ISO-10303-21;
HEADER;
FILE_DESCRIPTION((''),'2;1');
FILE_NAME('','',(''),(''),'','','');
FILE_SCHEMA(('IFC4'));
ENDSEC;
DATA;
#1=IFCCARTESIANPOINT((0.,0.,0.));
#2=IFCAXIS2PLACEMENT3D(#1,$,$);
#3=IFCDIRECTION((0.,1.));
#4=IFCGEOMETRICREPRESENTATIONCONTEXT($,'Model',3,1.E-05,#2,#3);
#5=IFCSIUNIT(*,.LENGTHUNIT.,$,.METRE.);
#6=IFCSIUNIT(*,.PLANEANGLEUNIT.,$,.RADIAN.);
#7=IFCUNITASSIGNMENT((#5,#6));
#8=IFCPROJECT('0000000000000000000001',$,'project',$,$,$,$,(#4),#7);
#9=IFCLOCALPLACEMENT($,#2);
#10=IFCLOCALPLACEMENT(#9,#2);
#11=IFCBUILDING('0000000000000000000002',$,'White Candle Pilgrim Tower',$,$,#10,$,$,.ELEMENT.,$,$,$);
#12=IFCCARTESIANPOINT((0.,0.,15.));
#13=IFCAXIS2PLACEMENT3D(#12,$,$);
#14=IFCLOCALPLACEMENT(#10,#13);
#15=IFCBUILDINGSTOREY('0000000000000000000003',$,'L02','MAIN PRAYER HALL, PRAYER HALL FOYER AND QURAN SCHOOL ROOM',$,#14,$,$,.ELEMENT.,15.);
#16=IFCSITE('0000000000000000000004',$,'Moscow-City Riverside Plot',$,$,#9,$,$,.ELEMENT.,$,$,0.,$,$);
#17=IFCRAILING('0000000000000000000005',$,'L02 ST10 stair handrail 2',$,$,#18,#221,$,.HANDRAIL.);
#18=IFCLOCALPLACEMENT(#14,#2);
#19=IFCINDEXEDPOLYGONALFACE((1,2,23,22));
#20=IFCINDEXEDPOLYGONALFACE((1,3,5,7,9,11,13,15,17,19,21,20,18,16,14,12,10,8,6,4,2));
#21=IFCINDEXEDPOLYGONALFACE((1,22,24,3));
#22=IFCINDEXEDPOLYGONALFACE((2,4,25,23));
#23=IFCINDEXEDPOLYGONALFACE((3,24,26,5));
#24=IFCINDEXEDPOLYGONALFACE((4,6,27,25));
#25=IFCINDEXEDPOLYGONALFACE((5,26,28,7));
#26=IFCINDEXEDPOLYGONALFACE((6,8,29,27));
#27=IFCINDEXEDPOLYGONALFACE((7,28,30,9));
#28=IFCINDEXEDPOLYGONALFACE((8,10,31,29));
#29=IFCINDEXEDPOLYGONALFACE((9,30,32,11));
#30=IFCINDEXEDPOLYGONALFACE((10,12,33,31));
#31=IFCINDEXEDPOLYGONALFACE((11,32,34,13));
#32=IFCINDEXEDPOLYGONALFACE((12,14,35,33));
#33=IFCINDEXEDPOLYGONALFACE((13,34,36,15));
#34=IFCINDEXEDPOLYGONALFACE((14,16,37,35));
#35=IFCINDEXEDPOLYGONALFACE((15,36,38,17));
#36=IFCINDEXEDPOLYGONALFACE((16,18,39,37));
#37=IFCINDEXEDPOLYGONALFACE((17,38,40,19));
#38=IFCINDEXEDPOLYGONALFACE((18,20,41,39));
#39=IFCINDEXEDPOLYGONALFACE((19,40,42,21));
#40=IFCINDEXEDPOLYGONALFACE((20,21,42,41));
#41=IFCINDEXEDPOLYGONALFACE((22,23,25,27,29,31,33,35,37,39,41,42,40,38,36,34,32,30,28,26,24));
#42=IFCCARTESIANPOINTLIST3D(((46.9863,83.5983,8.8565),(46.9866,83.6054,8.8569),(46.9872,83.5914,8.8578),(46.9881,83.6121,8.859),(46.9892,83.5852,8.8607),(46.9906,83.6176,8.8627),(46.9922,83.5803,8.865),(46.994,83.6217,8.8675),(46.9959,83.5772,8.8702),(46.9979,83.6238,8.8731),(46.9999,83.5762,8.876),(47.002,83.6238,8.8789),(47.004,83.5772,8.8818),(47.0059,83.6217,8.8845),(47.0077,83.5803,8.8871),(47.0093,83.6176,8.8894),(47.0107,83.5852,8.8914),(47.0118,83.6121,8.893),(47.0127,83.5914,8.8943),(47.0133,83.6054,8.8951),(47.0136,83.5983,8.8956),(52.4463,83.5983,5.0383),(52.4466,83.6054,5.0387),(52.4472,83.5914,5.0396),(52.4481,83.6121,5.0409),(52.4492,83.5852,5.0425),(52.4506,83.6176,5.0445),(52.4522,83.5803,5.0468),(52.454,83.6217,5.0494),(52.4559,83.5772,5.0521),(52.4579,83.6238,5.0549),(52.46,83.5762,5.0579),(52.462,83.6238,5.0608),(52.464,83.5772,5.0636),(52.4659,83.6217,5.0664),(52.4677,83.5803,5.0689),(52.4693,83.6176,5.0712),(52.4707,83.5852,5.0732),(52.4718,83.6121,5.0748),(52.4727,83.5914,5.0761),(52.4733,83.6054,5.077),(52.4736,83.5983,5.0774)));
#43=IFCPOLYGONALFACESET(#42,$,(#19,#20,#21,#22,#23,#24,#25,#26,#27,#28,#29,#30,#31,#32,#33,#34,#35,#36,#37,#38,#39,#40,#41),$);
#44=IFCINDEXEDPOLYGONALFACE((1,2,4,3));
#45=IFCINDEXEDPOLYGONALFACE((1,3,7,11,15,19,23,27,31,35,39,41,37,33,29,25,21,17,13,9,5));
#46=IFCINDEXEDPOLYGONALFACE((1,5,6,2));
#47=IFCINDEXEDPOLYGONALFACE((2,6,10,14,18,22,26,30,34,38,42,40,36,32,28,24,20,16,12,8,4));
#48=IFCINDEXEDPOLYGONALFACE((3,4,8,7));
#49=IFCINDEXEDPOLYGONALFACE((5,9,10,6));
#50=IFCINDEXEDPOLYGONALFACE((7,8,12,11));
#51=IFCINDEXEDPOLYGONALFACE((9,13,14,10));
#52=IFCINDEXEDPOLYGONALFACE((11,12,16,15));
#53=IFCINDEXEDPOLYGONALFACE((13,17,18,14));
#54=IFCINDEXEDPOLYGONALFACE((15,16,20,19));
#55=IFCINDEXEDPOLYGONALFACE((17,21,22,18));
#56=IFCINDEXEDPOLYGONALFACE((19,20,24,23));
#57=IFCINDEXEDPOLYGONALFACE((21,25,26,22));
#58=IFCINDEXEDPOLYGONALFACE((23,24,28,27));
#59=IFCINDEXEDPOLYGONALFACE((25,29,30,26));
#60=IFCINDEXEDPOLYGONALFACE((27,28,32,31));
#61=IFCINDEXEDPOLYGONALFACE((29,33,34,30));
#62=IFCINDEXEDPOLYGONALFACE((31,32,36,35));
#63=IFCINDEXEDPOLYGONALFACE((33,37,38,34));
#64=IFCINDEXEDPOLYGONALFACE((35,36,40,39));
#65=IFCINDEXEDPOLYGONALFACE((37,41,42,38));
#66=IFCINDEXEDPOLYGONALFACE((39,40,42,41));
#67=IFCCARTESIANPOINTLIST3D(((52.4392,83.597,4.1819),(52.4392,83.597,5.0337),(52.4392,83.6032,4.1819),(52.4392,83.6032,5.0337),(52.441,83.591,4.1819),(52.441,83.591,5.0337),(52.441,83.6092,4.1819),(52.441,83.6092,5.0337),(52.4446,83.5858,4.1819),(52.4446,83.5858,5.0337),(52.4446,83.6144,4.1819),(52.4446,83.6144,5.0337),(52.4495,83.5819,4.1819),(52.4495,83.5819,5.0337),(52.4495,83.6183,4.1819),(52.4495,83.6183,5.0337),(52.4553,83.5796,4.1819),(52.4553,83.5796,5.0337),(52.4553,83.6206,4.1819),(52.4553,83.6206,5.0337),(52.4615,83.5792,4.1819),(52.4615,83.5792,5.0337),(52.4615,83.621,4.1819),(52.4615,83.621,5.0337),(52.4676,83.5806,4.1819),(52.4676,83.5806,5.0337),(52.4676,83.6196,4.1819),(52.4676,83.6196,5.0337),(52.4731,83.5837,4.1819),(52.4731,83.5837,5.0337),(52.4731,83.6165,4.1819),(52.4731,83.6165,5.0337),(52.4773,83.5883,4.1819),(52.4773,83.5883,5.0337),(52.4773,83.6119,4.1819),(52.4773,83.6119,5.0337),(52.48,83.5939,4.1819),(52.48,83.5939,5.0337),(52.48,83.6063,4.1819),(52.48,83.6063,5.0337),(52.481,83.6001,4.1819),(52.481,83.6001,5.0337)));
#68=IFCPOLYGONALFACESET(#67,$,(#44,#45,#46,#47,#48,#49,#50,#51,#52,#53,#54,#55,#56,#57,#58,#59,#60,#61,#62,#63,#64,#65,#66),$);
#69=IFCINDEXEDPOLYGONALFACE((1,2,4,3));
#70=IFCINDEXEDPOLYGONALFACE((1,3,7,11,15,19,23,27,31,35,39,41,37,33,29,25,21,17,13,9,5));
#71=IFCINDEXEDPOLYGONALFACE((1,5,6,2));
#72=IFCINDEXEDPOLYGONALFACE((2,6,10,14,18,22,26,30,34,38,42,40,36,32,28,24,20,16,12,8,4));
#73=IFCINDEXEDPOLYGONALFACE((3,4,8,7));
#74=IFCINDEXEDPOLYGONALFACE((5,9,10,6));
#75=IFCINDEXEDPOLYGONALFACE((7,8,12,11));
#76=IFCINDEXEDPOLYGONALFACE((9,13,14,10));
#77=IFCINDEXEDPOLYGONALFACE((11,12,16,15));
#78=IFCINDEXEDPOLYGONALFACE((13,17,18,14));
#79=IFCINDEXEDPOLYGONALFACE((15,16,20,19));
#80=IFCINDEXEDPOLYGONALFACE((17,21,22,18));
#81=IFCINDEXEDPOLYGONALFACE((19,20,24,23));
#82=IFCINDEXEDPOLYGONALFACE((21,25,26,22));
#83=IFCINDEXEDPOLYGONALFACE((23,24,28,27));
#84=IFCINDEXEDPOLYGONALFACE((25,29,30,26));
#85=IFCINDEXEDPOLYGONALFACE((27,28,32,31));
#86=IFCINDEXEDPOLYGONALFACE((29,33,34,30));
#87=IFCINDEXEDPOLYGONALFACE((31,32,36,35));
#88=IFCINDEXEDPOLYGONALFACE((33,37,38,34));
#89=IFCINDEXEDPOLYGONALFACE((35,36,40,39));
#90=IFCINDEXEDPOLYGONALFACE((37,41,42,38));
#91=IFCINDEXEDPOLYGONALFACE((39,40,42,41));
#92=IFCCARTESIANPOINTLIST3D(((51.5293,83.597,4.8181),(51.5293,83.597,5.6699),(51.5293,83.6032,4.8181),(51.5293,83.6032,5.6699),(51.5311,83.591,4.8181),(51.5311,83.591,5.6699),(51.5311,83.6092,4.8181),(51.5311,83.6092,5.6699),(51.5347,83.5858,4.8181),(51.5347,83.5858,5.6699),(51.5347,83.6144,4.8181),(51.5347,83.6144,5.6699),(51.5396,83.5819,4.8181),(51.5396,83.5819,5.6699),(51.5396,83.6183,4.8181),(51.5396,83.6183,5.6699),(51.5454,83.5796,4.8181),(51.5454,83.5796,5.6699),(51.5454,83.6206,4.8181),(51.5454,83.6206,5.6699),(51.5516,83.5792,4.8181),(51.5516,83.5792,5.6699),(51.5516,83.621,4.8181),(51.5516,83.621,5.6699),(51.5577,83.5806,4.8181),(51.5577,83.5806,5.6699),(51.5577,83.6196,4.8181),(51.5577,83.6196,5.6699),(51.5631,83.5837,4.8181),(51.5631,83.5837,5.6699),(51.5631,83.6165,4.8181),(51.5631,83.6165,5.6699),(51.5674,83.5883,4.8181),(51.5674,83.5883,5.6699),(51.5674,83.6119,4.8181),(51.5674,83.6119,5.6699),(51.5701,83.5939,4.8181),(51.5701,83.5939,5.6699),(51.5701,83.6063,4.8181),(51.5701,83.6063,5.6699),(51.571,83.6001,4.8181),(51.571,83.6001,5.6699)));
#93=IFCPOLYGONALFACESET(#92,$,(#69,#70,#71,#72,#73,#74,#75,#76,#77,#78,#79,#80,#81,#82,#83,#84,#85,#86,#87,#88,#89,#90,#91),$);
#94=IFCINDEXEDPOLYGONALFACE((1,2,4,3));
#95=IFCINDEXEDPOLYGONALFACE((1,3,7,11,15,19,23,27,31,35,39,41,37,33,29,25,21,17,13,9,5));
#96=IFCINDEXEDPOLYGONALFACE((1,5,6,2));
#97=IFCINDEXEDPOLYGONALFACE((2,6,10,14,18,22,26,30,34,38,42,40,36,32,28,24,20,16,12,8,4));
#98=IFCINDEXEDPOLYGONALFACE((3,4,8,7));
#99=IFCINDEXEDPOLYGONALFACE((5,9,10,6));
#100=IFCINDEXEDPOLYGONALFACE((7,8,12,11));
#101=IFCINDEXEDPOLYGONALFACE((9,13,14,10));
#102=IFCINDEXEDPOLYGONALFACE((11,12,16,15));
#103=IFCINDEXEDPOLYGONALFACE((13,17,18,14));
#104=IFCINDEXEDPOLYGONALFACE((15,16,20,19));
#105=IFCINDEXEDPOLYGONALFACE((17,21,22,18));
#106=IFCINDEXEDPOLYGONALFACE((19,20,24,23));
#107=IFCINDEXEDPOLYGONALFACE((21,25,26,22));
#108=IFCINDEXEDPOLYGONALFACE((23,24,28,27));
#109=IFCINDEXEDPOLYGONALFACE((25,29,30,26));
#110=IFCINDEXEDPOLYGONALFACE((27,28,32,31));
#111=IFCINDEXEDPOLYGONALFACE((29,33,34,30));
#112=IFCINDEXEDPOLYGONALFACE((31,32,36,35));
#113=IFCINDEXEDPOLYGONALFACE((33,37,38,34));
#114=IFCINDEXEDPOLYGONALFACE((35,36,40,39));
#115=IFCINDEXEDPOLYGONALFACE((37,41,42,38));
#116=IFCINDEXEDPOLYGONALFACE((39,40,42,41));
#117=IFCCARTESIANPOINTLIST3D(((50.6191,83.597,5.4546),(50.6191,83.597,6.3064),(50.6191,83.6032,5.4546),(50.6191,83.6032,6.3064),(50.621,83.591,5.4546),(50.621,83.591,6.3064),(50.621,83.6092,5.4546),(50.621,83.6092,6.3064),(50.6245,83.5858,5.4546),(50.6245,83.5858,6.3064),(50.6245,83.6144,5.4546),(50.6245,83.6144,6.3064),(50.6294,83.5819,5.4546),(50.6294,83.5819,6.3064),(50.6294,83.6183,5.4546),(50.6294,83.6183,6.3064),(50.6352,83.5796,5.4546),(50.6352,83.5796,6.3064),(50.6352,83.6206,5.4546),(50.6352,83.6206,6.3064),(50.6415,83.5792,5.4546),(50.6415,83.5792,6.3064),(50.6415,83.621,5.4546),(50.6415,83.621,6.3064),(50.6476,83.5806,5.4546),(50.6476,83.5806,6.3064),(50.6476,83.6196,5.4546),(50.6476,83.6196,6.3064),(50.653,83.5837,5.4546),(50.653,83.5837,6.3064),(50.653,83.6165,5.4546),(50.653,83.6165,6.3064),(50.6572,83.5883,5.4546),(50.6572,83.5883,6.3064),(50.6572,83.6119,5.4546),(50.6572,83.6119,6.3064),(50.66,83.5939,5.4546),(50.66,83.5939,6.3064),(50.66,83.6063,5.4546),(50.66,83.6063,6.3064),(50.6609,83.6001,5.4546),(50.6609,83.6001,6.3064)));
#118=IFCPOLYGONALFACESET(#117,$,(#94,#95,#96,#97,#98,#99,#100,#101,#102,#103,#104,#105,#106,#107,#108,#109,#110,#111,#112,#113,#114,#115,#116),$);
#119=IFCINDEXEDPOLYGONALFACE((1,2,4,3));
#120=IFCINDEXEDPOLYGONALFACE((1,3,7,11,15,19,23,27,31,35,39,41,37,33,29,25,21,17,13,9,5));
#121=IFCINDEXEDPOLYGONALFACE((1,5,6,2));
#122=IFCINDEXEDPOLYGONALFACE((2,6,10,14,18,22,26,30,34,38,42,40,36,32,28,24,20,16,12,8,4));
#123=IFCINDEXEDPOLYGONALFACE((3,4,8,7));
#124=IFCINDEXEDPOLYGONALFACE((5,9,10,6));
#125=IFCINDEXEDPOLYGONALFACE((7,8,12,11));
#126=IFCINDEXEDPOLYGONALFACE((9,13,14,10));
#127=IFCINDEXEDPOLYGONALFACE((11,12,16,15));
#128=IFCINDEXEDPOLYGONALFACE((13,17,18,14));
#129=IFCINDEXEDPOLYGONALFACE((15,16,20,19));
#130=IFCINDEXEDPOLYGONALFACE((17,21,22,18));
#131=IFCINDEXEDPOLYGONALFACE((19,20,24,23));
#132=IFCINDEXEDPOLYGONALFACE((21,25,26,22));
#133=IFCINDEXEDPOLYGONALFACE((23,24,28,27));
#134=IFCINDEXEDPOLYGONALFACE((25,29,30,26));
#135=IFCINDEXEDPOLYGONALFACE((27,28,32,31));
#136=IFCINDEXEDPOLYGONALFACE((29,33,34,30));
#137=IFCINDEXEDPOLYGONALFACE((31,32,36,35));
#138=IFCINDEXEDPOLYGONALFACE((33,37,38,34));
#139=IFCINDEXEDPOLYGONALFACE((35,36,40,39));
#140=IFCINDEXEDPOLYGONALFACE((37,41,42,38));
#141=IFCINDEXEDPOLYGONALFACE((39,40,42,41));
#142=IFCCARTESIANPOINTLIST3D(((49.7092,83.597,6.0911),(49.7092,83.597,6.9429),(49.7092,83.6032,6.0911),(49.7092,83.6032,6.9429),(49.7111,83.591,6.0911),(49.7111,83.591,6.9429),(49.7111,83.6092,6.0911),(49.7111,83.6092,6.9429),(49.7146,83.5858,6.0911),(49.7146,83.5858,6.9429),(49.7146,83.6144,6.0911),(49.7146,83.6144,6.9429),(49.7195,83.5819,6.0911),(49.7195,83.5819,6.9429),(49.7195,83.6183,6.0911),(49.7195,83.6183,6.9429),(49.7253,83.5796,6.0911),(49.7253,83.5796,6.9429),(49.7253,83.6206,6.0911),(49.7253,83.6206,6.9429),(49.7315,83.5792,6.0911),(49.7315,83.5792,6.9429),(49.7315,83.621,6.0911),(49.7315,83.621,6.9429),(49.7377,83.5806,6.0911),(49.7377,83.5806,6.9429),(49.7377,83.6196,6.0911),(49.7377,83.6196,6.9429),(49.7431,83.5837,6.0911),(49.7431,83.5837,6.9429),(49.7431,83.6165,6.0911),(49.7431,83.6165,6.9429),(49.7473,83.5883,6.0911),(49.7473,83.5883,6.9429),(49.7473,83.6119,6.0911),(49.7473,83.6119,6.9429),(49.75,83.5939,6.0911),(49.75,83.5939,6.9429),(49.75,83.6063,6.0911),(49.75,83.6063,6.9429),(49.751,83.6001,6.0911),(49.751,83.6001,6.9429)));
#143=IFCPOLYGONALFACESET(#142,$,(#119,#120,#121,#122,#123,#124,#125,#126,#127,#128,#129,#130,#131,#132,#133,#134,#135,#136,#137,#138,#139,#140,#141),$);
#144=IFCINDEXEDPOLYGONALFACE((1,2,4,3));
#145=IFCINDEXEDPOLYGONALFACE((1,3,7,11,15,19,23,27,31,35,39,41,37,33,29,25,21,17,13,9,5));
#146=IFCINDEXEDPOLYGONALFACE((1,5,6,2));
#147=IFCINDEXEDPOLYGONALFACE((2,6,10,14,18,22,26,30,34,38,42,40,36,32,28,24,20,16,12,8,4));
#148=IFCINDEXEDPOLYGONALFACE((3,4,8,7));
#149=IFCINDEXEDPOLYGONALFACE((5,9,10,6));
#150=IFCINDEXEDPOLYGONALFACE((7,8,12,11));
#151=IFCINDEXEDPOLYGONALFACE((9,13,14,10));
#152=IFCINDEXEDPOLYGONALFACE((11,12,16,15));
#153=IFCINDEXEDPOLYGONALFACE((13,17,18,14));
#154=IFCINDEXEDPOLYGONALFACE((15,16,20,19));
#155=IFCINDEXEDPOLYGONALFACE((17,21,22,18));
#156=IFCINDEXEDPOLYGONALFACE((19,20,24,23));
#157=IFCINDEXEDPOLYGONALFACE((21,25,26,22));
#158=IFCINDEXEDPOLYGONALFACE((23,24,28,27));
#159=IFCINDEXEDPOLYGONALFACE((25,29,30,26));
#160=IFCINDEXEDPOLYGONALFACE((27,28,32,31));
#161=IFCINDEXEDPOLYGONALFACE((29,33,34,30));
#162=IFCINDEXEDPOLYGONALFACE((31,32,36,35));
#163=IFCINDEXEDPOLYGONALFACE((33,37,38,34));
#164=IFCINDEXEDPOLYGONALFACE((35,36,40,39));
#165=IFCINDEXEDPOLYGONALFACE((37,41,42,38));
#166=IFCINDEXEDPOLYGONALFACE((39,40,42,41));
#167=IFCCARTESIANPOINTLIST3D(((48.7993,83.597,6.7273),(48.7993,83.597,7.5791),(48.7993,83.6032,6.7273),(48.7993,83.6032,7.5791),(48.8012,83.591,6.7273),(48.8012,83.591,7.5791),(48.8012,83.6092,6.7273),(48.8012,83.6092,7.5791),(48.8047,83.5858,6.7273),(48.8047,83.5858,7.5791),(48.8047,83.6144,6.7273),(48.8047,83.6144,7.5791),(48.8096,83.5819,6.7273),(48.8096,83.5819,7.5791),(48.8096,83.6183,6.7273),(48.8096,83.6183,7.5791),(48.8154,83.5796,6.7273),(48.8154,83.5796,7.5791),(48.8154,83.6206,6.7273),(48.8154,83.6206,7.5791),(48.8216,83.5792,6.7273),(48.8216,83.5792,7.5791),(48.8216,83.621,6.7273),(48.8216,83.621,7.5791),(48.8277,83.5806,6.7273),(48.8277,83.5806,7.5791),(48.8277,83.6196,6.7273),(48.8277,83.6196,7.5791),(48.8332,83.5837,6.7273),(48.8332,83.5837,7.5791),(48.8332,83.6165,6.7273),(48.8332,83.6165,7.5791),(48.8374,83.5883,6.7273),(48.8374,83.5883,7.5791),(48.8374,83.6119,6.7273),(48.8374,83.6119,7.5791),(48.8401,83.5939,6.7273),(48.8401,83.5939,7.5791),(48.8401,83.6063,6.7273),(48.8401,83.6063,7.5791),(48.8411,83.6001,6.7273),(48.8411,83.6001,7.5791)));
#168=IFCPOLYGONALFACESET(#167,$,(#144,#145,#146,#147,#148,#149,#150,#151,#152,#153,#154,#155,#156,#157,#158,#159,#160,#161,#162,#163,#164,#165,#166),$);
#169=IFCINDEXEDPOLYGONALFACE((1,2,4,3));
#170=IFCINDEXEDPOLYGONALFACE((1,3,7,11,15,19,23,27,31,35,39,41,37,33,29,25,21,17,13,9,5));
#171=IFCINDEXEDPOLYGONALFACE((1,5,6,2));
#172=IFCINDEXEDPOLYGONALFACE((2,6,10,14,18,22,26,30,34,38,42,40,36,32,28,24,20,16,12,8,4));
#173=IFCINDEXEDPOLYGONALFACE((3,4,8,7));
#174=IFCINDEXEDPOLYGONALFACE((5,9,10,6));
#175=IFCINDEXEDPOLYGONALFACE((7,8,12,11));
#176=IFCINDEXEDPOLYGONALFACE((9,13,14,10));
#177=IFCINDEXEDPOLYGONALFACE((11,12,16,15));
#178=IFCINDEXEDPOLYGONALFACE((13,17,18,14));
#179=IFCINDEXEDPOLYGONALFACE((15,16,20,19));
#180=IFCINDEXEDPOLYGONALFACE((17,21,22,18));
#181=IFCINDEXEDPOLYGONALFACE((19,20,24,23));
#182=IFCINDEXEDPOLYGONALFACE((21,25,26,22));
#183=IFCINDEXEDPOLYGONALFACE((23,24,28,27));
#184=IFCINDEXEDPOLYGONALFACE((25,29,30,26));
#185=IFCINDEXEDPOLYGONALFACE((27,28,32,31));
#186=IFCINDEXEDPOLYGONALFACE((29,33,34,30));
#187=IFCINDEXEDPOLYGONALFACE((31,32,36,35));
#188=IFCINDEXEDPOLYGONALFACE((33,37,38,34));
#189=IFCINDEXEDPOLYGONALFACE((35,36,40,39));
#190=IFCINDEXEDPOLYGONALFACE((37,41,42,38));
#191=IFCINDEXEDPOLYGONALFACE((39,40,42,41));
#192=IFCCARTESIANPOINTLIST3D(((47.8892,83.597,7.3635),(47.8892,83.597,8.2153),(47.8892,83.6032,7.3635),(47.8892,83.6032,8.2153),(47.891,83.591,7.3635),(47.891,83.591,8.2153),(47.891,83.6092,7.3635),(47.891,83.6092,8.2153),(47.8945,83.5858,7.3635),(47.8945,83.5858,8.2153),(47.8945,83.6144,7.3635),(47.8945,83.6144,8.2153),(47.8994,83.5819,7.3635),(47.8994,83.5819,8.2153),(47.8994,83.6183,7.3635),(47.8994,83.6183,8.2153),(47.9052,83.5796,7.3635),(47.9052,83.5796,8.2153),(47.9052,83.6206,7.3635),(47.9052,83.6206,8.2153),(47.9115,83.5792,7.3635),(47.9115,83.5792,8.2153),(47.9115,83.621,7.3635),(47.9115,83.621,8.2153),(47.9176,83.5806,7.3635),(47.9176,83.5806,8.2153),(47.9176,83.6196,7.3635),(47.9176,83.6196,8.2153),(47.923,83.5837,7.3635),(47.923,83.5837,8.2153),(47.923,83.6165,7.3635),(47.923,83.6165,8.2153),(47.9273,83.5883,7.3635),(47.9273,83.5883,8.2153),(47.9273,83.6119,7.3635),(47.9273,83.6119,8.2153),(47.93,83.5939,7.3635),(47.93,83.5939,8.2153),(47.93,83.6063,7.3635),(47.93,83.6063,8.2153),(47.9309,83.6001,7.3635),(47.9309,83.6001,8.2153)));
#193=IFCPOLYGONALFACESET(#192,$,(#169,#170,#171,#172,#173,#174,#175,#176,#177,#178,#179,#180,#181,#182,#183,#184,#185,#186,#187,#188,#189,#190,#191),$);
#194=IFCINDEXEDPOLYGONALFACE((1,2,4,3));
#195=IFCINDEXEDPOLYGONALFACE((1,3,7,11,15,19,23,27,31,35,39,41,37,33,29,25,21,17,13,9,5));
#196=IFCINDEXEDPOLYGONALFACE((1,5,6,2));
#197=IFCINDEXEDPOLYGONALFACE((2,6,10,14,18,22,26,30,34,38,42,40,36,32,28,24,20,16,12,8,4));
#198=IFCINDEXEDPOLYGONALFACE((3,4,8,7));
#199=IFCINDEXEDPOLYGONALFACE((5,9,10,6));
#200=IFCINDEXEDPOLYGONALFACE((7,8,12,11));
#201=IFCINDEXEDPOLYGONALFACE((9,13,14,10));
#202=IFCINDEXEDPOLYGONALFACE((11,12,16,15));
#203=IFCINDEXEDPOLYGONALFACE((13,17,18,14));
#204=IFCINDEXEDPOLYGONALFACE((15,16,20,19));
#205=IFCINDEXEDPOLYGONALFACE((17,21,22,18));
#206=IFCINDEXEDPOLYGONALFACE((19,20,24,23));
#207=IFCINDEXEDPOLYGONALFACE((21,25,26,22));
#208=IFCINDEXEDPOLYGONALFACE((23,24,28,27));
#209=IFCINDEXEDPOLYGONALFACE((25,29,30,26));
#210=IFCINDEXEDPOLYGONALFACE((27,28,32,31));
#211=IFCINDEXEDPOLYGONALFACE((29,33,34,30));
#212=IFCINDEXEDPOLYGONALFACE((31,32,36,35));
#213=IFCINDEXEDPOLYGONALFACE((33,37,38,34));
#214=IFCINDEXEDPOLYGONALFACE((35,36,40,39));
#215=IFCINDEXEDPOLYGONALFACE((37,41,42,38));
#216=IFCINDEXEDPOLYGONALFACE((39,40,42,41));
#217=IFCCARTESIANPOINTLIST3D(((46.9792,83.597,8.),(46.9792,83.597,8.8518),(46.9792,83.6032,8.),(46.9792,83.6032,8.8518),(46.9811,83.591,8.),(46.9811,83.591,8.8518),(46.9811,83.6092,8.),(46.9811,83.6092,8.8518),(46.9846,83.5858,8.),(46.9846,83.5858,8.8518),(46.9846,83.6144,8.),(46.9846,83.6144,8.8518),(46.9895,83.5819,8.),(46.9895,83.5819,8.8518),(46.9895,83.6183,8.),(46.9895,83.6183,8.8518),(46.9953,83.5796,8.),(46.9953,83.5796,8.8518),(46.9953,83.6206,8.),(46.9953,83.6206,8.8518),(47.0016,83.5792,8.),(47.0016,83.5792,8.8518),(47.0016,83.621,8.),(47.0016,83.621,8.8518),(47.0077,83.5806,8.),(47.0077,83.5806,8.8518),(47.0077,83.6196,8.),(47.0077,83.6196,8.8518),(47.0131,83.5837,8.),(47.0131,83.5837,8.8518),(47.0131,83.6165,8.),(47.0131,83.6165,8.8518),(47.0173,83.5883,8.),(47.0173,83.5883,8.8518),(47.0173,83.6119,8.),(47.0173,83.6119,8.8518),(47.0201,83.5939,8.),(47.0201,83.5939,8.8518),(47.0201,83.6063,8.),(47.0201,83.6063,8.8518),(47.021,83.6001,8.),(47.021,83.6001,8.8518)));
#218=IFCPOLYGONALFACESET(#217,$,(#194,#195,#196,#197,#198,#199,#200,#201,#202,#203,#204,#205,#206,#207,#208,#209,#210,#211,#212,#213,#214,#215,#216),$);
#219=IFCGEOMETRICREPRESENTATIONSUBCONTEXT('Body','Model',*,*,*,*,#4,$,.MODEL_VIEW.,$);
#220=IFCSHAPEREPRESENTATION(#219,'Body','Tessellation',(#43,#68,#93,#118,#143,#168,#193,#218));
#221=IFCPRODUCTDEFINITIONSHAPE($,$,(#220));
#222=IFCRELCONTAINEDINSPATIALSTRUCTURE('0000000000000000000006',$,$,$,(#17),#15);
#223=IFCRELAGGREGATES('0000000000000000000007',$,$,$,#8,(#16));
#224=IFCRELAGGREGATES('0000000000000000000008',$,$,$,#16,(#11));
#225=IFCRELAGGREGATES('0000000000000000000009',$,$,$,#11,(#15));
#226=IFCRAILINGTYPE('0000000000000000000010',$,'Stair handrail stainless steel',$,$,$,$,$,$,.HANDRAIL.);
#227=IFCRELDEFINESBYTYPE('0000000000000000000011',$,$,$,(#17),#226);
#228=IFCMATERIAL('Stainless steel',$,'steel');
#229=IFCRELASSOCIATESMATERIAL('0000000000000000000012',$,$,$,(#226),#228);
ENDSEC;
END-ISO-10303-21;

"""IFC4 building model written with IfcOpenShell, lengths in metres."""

from ifc_helpers import new_model, si_unit, direction, frame, origin, origin_2d, place, context, subcontext, project, spatial, circle, extrude, material, type_object, element, save


model = new_model("IFC4")

# Units and contexts
model_context = context("Model", 3, precision=1e-05, world=origin(), true_north=direction((0.0, 1.0)))
body_context = subcontext(model_context, "Body", "Model", "MODEL_VIEW")
ifc_project = project(units=[si_unit("LENGTHUNIT", "METRE"), si_unit("PLANEANGLEUNIT", "RADIAN")], contexts=[model_context])

# Site, building, storey
site_placement = place(None, origin())
site = spatial("IfcSite", under=ifc_project, at=site_placement, Name="Moscow-City Riverside Plot", CompositionType="ELEMENT", RefElevation=0.0)
building_placement = place(site_placement, origin())
building = spatial("IfcBuilding", under=site, at=building_placement, Name="White Candle Pilgrim Tower", CompositionType="ELEMENT")
storey_placement = place(building_placement, frame((0.0, 0.0, 15.0)))
storey = spatial("IfcBuildingStorey", under=building, at=storey_placement, Name="L02", Description="MAIN PRAYER HALL, PRAYER HALL FOYER AND QURAN SCHOOL ROOM", CompositionType="ELEMENT", Elevation=15.0)

# Railing
ifc_material_1 = material(Name="Stainless steel", Category="steel")
railing_type_1 = type_object("IfcRailingType", Name="Stair handrail stainless steel", PredefinedType="HANDRAIL", material=ifc_material_1)
railing_1_placement = place(storey_placement, frame((52.46, 83.6001, 4.1819)))
element("IfcRailing", 1, at=railing_1_placement, inside=storey, type_object=railing_type_1, Name="L02 ST10 stair handrail 2", PredefinedType="HANDRAIL", context=body_context, shape_type="SweptSolid", body=[
    extrude(circle(Radius=0.0239, at=origin_2d()), frame((0.0, 0.0, 0.876), z_axis=(-0.819504, 0.0, 0.573074), x_axis=(0.0, -1.0, 0.0)), (0.0, 0.0, 1.0), 6.6626),
    extrude(circle(Radius=0.021, at=origin_2d()), origin(), (0.0, 0.0, 1.0), 0.8518),
    extrude(circle(Radius=0.021, at=origin_2d()), frame((-0.9099, 0.0, 0.6362)), (0.0, 0.0, 1.0), 0.8518),
    extrude(circle(Radius=0.021, at=origin_2d()), frame((-1.8201, 0.0, 1.2727)), (0.0, 0.0, 1.0), 0.8518),
    extrude(circle(Radius=0.021, at=origin_2d()), frame((-2.73, 0.0, 1.9092)), (0.0, 0.0, 1.0), 0.8518),
    extrude(circle(Radius=0.021, at=origin_2d()), frame((-3.6399, 0.0, 2.5454)), (0.0, 0.0, 1.0), 0.8518),
    extrude(circle(Radius=0.021, at=origin_2d()), frame((-4.55, 0.0, 3.1816)), (0.0, 0.0, 1.0), 0.8518),
    extrude(circle(Radius=0.021, at=origin_2d()), frame((-5.46, 0.0, 3.8181)), (0.0, 0.0, 1.0), 0.8518),
])

save(model, "model.ifc")
